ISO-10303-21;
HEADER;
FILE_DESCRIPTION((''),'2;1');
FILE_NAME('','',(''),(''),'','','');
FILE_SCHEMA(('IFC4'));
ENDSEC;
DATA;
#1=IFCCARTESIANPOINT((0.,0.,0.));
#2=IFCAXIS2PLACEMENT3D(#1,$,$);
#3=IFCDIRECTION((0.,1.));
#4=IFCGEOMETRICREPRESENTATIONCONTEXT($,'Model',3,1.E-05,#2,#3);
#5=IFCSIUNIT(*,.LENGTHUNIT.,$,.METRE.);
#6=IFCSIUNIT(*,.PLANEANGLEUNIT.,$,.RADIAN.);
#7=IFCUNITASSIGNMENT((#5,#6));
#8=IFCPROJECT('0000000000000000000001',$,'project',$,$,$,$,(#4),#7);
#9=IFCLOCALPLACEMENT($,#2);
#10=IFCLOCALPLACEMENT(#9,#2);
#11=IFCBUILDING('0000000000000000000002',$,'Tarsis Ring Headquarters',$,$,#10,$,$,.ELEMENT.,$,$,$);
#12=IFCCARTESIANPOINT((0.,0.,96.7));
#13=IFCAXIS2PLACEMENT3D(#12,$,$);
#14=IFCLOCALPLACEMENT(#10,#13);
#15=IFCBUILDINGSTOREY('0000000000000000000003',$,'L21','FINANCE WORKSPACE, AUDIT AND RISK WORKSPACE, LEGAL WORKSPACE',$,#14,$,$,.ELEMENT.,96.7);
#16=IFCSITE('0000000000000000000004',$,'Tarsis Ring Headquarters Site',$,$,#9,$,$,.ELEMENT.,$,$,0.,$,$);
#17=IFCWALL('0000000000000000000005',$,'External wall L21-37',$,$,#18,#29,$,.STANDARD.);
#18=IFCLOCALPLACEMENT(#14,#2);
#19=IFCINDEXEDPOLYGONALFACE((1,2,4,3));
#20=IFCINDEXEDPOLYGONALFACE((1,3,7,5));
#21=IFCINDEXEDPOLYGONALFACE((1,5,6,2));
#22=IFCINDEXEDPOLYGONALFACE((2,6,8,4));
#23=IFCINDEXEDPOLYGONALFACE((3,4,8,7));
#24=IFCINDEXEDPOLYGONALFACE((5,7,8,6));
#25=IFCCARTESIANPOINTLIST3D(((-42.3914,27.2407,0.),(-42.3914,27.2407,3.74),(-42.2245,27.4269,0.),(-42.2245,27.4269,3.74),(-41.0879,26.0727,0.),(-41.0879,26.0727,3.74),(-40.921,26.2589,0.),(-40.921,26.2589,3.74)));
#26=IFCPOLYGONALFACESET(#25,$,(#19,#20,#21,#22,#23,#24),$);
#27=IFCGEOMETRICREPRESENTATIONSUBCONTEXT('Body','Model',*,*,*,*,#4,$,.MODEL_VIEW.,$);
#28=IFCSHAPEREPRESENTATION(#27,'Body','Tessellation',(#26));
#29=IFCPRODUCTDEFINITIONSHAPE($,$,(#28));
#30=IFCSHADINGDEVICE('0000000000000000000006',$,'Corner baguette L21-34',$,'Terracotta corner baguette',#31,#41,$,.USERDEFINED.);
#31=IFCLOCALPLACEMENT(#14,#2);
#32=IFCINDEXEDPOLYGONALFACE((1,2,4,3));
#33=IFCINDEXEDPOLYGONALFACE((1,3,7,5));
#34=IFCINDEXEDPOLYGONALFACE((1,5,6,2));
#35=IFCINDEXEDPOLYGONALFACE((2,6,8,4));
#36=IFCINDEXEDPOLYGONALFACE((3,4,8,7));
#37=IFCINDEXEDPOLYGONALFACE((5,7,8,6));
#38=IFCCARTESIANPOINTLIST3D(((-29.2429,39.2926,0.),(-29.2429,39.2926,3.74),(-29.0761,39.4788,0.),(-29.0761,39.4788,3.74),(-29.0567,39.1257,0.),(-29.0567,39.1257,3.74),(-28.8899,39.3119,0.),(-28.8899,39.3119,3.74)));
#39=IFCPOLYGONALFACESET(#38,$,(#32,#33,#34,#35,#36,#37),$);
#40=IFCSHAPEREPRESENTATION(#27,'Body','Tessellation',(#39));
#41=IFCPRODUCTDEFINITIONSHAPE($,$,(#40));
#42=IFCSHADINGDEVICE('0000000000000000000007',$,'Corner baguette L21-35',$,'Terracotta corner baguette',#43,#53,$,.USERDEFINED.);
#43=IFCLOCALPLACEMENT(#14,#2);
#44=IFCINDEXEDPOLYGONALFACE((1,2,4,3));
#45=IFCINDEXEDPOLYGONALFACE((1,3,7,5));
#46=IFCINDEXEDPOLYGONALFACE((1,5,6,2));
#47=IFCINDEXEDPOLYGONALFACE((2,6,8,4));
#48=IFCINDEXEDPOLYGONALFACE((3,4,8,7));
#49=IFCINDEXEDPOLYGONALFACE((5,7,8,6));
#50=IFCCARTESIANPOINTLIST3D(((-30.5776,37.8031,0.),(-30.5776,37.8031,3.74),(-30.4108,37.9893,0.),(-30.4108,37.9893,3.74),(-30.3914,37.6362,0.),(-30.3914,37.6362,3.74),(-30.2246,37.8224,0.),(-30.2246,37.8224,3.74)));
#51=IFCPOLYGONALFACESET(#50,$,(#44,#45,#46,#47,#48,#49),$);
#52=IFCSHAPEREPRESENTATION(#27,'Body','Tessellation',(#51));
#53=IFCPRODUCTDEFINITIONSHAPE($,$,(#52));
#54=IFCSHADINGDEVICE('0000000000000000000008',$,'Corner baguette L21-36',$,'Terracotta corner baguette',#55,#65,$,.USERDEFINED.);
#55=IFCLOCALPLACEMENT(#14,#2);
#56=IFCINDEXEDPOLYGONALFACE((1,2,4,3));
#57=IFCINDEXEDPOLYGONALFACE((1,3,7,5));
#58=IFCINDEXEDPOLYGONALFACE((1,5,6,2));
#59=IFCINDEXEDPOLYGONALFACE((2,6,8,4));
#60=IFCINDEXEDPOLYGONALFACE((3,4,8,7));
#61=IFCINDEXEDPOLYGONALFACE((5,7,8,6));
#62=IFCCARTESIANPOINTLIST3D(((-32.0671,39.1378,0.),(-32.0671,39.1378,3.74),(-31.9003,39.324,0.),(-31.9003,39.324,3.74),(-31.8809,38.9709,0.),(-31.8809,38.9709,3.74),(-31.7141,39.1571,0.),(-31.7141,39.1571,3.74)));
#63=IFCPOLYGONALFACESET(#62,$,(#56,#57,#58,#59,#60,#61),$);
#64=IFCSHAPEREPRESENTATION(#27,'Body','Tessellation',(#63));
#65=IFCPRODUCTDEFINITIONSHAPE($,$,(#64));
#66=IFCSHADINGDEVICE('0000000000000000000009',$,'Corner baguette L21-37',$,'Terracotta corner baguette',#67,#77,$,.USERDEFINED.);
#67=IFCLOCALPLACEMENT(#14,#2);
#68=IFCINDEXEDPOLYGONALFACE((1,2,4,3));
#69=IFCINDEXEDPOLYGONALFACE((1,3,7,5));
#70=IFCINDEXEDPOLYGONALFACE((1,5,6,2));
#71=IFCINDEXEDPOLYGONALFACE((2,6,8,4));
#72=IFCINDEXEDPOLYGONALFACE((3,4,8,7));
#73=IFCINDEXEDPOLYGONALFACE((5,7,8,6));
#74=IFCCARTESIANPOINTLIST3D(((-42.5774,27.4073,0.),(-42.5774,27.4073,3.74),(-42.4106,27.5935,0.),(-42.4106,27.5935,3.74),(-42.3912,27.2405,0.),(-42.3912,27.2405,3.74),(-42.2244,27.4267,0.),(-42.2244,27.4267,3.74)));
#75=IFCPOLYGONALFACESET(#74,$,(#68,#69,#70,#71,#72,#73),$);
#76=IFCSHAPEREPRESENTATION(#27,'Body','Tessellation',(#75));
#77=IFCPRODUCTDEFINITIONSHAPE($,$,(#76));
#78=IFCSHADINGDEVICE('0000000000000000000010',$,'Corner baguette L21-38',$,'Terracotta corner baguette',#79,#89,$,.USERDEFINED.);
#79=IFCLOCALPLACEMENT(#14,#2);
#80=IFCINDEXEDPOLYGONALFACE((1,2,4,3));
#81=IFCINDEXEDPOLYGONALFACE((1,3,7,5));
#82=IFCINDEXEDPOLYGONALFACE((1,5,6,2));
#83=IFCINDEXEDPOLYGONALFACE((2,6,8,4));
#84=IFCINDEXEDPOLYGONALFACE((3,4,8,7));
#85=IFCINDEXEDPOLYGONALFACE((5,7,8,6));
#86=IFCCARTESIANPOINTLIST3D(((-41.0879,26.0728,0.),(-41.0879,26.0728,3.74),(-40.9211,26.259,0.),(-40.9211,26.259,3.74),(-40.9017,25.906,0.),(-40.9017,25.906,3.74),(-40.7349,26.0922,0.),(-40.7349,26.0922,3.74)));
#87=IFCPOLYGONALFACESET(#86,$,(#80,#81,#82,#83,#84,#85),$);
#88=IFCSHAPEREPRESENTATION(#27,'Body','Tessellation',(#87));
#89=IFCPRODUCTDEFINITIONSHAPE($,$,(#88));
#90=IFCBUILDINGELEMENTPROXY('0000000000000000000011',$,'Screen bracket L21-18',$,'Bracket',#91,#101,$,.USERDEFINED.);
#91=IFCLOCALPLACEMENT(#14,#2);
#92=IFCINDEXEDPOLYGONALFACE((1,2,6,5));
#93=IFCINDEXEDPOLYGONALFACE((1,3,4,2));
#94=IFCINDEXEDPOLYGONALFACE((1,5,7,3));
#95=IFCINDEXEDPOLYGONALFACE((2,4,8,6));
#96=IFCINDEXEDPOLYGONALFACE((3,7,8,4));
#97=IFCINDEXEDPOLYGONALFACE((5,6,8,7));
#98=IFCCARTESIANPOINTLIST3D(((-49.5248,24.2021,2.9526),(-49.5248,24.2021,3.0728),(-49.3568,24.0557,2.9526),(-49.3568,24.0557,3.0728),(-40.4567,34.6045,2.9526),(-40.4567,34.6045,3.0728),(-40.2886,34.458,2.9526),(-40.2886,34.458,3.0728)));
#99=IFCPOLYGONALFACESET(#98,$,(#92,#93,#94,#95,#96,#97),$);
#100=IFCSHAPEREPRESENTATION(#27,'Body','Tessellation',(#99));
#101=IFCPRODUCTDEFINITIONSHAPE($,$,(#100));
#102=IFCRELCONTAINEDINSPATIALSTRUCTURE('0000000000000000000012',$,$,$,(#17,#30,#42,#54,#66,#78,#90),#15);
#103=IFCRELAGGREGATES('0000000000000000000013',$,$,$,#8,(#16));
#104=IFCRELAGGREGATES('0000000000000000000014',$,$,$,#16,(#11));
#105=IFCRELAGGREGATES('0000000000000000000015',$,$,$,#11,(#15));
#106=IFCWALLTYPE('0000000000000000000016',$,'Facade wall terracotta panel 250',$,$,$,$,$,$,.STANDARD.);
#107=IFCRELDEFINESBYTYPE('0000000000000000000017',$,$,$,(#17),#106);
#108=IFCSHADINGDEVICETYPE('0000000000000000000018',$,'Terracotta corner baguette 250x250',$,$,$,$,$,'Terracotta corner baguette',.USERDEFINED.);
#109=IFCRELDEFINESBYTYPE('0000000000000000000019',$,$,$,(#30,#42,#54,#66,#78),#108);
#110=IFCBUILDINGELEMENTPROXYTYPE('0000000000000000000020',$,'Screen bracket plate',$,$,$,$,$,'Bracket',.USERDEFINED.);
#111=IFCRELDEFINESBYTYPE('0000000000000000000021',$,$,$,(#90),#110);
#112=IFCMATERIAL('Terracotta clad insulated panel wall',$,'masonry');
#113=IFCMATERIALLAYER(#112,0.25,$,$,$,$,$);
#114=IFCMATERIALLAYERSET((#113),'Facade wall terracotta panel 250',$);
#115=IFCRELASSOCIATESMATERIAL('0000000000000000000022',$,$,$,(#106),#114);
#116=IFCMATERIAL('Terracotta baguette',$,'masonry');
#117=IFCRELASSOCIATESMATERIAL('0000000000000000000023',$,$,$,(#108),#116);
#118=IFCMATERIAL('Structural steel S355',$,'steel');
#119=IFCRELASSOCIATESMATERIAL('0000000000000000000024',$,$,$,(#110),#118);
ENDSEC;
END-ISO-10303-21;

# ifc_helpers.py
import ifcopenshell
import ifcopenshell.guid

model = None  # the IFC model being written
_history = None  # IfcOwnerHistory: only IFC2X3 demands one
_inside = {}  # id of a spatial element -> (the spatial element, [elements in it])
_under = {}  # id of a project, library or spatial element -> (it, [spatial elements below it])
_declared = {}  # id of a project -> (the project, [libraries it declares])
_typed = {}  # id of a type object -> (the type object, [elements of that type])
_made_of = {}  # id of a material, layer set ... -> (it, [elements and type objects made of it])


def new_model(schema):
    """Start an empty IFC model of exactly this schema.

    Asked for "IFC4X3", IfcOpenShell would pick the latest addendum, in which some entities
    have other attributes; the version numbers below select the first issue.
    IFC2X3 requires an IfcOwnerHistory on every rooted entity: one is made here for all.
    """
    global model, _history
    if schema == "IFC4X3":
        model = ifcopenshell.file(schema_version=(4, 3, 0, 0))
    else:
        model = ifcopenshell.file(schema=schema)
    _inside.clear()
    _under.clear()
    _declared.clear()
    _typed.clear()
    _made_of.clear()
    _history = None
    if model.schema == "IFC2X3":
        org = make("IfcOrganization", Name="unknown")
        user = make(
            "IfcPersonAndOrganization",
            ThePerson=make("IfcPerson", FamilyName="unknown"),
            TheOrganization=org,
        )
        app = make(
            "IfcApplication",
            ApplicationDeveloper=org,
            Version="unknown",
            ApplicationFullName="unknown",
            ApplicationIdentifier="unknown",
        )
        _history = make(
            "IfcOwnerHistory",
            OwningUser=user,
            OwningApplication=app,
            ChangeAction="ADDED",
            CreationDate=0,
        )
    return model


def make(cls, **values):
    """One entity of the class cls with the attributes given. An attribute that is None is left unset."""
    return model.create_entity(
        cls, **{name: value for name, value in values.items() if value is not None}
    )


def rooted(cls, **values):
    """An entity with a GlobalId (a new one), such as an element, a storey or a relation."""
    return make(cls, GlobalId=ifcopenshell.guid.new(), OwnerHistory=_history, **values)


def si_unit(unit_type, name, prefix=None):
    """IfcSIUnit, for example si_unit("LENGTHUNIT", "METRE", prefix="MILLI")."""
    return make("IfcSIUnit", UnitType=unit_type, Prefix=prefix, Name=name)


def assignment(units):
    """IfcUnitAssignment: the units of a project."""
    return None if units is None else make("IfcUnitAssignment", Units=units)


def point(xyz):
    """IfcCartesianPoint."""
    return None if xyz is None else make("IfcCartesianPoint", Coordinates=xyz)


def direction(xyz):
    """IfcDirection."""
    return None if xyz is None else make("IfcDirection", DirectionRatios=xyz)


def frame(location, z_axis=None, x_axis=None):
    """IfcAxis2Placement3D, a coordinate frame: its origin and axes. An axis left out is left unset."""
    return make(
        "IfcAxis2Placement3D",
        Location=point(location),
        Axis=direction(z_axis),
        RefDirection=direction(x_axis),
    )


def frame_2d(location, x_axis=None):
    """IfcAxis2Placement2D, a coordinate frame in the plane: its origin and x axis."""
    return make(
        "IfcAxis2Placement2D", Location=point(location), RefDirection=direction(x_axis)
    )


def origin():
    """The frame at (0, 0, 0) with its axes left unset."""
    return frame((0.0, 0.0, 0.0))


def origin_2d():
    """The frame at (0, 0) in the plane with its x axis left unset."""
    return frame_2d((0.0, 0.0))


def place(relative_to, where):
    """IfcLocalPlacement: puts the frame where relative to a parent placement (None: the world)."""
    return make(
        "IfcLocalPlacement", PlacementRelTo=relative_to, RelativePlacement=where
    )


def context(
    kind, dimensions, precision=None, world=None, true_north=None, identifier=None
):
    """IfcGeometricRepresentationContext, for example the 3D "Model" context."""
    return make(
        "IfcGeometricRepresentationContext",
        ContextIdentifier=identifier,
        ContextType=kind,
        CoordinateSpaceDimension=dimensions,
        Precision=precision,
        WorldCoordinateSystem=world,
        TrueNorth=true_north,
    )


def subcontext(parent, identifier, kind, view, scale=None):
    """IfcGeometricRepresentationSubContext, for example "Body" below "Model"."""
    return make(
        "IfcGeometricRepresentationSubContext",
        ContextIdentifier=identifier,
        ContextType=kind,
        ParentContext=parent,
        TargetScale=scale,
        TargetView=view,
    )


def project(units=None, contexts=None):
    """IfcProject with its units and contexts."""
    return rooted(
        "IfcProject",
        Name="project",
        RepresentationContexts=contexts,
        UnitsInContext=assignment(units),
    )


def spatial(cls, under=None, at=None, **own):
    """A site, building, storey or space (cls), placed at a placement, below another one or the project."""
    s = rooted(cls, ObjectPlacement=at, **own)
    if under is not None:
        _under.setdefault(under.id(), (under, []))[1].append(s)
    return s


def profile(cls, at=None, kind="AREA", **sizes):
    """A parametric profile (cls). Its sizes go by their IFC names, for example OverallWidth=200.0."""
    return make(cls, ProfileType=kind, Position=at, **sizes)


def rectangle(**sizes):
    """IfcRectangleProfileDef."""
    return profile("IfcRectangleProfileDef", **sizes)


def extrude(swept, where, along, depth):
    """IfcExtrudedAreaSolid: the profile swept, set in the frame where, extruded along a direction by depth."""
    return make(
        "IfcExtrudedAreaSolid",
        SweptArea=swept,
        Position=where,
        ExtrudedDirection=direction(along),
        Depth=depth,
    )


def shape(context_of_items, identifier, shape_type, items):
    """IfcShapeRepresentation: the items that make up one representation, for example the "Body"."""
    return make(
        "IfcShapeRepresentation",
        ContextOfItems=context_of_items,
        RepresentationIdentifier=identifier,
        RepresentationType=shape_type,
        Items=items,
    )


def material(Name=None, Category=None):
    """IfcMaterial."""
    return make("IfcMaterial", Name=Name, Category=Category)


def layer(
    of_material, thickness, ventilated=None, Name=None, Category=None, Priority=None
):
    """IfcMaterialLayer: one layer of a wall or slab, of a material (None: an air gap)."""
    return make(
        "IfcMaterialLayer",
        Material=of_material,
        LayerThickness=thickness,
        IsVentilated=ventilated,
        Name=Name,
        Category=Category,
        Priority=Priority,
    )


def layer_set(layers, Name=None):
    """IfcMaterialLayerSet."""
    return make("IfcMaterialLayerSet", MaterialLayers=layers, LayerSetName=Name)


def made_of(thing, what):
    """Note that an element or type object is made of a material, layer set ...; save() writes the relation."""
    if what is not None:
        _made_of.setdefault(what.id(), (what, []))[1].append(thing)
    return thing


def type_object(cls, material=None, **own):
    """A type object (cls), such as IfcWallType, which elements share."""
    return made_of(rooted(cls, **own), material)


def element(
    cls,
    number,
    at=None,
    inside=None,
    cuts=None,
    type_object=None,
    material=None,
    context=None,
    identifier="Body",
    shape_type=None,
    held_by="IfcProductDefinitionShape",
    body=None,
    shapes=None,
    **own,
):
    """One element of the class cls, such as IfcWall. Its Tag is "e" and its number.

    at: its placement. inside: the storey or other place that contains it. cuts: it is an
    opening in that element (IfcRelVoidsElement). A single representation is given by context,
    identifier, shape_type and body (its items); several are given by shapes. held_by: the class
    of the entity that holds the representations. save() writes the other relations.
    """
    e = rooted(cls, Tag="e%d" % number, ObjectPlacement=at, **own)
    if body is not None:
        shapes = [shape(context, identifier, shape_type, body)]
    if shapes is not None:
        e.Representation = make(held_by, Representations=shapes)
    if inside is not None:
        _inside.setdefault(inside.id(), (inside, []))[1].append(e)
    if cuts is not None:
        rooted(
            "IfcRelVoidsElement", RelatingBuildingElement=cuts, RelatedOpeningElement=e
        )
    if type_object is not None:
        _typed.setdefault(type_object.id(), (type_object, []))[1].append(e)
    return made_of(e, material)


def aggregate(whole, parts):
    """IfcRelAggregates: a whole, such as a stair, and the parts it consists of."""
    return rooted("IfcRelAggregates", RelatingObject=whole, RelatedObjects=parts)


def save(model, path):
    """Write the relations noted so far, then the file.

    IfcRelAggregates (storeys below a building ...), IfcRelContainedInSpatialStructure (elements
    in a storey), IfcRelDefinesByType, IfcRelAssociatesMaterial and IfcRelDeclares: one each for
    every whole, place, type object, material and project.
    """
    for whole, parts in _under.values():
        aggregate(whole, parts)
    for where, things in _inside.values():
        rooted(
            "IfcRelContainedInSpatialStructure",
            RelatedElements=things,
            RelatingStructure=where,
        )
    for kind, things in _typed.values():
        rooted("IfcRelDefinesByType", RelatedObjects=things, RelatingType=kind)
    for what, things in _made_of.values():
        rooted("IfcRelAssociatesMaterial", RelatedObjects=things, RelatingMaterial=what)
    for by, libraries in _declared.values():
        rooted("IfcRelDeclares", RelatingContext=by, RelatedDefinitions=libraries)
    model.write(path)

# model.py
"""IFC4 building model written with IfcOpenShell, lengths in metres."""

from ifc_helpers import new_model, si_unit, direction, frame, frame_2d, origin, origin_2d, place, context, subcontext, project, spatial, rectangle, extrude, material, layer, layer_set, type_object, element, save


model = new_model("IFC4")

# Units and contexts
model_context = context("Model", 3, precision=1e-05, world=origin(), true_north=direction((0.0, 1.0)))
body_context = subcontext(model_context, "Body", "Model", "MODEL_VIEW")
ifc_project = project(units=[si_unit("LENGTHUNIT", "METRE"), si_unit("PLANEANGLEUNIT", "RADIAN")], contexts=[model_context])

# Site, building, storey
site_placement = place(None, origin())
site = spatial("IfcSite", under=ifc_project, at=site_placement, Name="Tarsis Ring Headquarters Site", CompositionType="ELEMENT", RefElevation=0.0)
building_placement = place(site_placement, origin())
building = spatial("IfcBuilding", under=site, at=building_placement, Name="Tarsis Ring Headquarters", CompositionType="ELEMENT")
storey_placement = place(building_placement, frame((0.0, 0.0, 96.7)))
storey = spatial("IfcBuildingStorey", under=building, at=storey_placement, Name="L21", Description="FINANCE WORKSPACE, AUDIT AND RISK WORKSPACE, LEGAL WORKSPACE", CompositionType="ELEMENT", Elevation=96.7)

# Shared definitions
ifc_material_1 = material(Name="Structural steel S355", Category="steel")

# Shared definitions
ifc_material_2 = material(Name="Terracotta clad insulated panel wall", Category="masonry")
ifc_layer_1 = layer(ifc_material_2, 0.25)
ifc_layer_set_1 = layer_set([ifc_layer_1], Name="Facade wall terracotta panel 250")
wall_type_1 = type_object("IfcWallType", Name="Facade wall terracotta panel 250", PredefinedType="STANDARD", material=ifc_layer_set_1)

# Wall
wall_1_placement = place(storey_placement, frame((-42.3079, 27.3337, 0.0), z_axis=(0.0, 0.0, 1.0), x_axis=(0.744756, -0.667337, 0.0)))
element("IfcWall", 1, at=wall_1_placement, inside=storey, type_object=wall_type_1, Name="External wall L21-37", PredefinedType="STANDARD", context=body_context, shape_type="SweptSolid", body=[
    extrude(rectangle(XDim=1.7502, YDim=0.25, at=frame_2d((0.875, 0.0))), origin(), (0.0, 0.0, 1.0), 3.74),
])

# Shading devices
ifc_material_3 = material(Name="Terracotta baguette", Category="masonry")
shading_device_type_1 = type_object("IfcShadingDeviceType", Name="Terracotta corner baguette 250x250", ElementType="Terracotta corner baguette", PredefinedType="USERDEFINED", material=ifc_material_3)
for number, where, z_axis, x_axis, name in (
    (2, (-29.0664, 39.3022, 0.0), (0.0, 0.0, 1.0), (-0.744777, 0.667313, 0.0), "Corner baguette L21-34"),
    (3, (-30.4011, 37.8127, 0.0), (0.0, 0.0, 1.0), (-0.667313, -0.744777, 0.0), "Corner baguette L21-35"),
    (4, (-31.8906, 39.1475, 0.0), (0.0, 0.0, 1.0), (-0.744778, 0.667313, 0.0), "Corner baguette L21-36"),
    (5, (-42.4009, 27.417, 0.0), (0.0, 0.0, 1.0), (-0.667313, -0.744778, 0.0), "Corner baguette L21-37"),
    (6, (-40.9114, 26.0825, 0.0), (0.0, 0.0, 1.0), (0.744777, -0.667313, 0.0), "Corner baguette L21-38"),
):
    element("IfcShadingDevice", number, at=place(storey_placement, frame(where, z_axis=z_axis, x_axis=x_axis)), inside=storey, type_object=shading_device_type_1, Name=name, ObjectType="Terracotta corner baguette", PredefinedType="USERDEFINED", context=body_context, shape_type="SweptSolid", body=[
        extrude(rectangle(XDim=0.25, YDim=0.25, at=origin_2d()), origin(), (0.0, 0.0, 1.0), 3.74),
    ])

# Building element proxy
building_element_proxy_type = type_object("IfcBuildingElementProxyType", Name="Screen bracket plate", ElementType="Bracket", PredefinedType="USERDEFINED", material=ifc_material_1)
proxy_placement = place(storey_placement, frame((-44.9067, 29.3301, 2.9526), z_axis=(0.0, 0.0, 1.0), x_axis=(-0.657112, -0.753793, 0.0)))
element("IfcBuildingElementProxy", 7, at=proxy_placement, inside=storey, type_object=building_element_proxy_type, Name="Screen bracket L21-18", ObjectType="Bracket", PredefinedType="USERDEFINED", context=body_context, shape_type="SweptSolid", body=[
    extrude(rectangle(XDim=13.8, YDim=0.2229, at=origin_2d()), origin(), (0.0, 0.0, 1.0), 0.1201),
])

save(model, "model.ifc")
